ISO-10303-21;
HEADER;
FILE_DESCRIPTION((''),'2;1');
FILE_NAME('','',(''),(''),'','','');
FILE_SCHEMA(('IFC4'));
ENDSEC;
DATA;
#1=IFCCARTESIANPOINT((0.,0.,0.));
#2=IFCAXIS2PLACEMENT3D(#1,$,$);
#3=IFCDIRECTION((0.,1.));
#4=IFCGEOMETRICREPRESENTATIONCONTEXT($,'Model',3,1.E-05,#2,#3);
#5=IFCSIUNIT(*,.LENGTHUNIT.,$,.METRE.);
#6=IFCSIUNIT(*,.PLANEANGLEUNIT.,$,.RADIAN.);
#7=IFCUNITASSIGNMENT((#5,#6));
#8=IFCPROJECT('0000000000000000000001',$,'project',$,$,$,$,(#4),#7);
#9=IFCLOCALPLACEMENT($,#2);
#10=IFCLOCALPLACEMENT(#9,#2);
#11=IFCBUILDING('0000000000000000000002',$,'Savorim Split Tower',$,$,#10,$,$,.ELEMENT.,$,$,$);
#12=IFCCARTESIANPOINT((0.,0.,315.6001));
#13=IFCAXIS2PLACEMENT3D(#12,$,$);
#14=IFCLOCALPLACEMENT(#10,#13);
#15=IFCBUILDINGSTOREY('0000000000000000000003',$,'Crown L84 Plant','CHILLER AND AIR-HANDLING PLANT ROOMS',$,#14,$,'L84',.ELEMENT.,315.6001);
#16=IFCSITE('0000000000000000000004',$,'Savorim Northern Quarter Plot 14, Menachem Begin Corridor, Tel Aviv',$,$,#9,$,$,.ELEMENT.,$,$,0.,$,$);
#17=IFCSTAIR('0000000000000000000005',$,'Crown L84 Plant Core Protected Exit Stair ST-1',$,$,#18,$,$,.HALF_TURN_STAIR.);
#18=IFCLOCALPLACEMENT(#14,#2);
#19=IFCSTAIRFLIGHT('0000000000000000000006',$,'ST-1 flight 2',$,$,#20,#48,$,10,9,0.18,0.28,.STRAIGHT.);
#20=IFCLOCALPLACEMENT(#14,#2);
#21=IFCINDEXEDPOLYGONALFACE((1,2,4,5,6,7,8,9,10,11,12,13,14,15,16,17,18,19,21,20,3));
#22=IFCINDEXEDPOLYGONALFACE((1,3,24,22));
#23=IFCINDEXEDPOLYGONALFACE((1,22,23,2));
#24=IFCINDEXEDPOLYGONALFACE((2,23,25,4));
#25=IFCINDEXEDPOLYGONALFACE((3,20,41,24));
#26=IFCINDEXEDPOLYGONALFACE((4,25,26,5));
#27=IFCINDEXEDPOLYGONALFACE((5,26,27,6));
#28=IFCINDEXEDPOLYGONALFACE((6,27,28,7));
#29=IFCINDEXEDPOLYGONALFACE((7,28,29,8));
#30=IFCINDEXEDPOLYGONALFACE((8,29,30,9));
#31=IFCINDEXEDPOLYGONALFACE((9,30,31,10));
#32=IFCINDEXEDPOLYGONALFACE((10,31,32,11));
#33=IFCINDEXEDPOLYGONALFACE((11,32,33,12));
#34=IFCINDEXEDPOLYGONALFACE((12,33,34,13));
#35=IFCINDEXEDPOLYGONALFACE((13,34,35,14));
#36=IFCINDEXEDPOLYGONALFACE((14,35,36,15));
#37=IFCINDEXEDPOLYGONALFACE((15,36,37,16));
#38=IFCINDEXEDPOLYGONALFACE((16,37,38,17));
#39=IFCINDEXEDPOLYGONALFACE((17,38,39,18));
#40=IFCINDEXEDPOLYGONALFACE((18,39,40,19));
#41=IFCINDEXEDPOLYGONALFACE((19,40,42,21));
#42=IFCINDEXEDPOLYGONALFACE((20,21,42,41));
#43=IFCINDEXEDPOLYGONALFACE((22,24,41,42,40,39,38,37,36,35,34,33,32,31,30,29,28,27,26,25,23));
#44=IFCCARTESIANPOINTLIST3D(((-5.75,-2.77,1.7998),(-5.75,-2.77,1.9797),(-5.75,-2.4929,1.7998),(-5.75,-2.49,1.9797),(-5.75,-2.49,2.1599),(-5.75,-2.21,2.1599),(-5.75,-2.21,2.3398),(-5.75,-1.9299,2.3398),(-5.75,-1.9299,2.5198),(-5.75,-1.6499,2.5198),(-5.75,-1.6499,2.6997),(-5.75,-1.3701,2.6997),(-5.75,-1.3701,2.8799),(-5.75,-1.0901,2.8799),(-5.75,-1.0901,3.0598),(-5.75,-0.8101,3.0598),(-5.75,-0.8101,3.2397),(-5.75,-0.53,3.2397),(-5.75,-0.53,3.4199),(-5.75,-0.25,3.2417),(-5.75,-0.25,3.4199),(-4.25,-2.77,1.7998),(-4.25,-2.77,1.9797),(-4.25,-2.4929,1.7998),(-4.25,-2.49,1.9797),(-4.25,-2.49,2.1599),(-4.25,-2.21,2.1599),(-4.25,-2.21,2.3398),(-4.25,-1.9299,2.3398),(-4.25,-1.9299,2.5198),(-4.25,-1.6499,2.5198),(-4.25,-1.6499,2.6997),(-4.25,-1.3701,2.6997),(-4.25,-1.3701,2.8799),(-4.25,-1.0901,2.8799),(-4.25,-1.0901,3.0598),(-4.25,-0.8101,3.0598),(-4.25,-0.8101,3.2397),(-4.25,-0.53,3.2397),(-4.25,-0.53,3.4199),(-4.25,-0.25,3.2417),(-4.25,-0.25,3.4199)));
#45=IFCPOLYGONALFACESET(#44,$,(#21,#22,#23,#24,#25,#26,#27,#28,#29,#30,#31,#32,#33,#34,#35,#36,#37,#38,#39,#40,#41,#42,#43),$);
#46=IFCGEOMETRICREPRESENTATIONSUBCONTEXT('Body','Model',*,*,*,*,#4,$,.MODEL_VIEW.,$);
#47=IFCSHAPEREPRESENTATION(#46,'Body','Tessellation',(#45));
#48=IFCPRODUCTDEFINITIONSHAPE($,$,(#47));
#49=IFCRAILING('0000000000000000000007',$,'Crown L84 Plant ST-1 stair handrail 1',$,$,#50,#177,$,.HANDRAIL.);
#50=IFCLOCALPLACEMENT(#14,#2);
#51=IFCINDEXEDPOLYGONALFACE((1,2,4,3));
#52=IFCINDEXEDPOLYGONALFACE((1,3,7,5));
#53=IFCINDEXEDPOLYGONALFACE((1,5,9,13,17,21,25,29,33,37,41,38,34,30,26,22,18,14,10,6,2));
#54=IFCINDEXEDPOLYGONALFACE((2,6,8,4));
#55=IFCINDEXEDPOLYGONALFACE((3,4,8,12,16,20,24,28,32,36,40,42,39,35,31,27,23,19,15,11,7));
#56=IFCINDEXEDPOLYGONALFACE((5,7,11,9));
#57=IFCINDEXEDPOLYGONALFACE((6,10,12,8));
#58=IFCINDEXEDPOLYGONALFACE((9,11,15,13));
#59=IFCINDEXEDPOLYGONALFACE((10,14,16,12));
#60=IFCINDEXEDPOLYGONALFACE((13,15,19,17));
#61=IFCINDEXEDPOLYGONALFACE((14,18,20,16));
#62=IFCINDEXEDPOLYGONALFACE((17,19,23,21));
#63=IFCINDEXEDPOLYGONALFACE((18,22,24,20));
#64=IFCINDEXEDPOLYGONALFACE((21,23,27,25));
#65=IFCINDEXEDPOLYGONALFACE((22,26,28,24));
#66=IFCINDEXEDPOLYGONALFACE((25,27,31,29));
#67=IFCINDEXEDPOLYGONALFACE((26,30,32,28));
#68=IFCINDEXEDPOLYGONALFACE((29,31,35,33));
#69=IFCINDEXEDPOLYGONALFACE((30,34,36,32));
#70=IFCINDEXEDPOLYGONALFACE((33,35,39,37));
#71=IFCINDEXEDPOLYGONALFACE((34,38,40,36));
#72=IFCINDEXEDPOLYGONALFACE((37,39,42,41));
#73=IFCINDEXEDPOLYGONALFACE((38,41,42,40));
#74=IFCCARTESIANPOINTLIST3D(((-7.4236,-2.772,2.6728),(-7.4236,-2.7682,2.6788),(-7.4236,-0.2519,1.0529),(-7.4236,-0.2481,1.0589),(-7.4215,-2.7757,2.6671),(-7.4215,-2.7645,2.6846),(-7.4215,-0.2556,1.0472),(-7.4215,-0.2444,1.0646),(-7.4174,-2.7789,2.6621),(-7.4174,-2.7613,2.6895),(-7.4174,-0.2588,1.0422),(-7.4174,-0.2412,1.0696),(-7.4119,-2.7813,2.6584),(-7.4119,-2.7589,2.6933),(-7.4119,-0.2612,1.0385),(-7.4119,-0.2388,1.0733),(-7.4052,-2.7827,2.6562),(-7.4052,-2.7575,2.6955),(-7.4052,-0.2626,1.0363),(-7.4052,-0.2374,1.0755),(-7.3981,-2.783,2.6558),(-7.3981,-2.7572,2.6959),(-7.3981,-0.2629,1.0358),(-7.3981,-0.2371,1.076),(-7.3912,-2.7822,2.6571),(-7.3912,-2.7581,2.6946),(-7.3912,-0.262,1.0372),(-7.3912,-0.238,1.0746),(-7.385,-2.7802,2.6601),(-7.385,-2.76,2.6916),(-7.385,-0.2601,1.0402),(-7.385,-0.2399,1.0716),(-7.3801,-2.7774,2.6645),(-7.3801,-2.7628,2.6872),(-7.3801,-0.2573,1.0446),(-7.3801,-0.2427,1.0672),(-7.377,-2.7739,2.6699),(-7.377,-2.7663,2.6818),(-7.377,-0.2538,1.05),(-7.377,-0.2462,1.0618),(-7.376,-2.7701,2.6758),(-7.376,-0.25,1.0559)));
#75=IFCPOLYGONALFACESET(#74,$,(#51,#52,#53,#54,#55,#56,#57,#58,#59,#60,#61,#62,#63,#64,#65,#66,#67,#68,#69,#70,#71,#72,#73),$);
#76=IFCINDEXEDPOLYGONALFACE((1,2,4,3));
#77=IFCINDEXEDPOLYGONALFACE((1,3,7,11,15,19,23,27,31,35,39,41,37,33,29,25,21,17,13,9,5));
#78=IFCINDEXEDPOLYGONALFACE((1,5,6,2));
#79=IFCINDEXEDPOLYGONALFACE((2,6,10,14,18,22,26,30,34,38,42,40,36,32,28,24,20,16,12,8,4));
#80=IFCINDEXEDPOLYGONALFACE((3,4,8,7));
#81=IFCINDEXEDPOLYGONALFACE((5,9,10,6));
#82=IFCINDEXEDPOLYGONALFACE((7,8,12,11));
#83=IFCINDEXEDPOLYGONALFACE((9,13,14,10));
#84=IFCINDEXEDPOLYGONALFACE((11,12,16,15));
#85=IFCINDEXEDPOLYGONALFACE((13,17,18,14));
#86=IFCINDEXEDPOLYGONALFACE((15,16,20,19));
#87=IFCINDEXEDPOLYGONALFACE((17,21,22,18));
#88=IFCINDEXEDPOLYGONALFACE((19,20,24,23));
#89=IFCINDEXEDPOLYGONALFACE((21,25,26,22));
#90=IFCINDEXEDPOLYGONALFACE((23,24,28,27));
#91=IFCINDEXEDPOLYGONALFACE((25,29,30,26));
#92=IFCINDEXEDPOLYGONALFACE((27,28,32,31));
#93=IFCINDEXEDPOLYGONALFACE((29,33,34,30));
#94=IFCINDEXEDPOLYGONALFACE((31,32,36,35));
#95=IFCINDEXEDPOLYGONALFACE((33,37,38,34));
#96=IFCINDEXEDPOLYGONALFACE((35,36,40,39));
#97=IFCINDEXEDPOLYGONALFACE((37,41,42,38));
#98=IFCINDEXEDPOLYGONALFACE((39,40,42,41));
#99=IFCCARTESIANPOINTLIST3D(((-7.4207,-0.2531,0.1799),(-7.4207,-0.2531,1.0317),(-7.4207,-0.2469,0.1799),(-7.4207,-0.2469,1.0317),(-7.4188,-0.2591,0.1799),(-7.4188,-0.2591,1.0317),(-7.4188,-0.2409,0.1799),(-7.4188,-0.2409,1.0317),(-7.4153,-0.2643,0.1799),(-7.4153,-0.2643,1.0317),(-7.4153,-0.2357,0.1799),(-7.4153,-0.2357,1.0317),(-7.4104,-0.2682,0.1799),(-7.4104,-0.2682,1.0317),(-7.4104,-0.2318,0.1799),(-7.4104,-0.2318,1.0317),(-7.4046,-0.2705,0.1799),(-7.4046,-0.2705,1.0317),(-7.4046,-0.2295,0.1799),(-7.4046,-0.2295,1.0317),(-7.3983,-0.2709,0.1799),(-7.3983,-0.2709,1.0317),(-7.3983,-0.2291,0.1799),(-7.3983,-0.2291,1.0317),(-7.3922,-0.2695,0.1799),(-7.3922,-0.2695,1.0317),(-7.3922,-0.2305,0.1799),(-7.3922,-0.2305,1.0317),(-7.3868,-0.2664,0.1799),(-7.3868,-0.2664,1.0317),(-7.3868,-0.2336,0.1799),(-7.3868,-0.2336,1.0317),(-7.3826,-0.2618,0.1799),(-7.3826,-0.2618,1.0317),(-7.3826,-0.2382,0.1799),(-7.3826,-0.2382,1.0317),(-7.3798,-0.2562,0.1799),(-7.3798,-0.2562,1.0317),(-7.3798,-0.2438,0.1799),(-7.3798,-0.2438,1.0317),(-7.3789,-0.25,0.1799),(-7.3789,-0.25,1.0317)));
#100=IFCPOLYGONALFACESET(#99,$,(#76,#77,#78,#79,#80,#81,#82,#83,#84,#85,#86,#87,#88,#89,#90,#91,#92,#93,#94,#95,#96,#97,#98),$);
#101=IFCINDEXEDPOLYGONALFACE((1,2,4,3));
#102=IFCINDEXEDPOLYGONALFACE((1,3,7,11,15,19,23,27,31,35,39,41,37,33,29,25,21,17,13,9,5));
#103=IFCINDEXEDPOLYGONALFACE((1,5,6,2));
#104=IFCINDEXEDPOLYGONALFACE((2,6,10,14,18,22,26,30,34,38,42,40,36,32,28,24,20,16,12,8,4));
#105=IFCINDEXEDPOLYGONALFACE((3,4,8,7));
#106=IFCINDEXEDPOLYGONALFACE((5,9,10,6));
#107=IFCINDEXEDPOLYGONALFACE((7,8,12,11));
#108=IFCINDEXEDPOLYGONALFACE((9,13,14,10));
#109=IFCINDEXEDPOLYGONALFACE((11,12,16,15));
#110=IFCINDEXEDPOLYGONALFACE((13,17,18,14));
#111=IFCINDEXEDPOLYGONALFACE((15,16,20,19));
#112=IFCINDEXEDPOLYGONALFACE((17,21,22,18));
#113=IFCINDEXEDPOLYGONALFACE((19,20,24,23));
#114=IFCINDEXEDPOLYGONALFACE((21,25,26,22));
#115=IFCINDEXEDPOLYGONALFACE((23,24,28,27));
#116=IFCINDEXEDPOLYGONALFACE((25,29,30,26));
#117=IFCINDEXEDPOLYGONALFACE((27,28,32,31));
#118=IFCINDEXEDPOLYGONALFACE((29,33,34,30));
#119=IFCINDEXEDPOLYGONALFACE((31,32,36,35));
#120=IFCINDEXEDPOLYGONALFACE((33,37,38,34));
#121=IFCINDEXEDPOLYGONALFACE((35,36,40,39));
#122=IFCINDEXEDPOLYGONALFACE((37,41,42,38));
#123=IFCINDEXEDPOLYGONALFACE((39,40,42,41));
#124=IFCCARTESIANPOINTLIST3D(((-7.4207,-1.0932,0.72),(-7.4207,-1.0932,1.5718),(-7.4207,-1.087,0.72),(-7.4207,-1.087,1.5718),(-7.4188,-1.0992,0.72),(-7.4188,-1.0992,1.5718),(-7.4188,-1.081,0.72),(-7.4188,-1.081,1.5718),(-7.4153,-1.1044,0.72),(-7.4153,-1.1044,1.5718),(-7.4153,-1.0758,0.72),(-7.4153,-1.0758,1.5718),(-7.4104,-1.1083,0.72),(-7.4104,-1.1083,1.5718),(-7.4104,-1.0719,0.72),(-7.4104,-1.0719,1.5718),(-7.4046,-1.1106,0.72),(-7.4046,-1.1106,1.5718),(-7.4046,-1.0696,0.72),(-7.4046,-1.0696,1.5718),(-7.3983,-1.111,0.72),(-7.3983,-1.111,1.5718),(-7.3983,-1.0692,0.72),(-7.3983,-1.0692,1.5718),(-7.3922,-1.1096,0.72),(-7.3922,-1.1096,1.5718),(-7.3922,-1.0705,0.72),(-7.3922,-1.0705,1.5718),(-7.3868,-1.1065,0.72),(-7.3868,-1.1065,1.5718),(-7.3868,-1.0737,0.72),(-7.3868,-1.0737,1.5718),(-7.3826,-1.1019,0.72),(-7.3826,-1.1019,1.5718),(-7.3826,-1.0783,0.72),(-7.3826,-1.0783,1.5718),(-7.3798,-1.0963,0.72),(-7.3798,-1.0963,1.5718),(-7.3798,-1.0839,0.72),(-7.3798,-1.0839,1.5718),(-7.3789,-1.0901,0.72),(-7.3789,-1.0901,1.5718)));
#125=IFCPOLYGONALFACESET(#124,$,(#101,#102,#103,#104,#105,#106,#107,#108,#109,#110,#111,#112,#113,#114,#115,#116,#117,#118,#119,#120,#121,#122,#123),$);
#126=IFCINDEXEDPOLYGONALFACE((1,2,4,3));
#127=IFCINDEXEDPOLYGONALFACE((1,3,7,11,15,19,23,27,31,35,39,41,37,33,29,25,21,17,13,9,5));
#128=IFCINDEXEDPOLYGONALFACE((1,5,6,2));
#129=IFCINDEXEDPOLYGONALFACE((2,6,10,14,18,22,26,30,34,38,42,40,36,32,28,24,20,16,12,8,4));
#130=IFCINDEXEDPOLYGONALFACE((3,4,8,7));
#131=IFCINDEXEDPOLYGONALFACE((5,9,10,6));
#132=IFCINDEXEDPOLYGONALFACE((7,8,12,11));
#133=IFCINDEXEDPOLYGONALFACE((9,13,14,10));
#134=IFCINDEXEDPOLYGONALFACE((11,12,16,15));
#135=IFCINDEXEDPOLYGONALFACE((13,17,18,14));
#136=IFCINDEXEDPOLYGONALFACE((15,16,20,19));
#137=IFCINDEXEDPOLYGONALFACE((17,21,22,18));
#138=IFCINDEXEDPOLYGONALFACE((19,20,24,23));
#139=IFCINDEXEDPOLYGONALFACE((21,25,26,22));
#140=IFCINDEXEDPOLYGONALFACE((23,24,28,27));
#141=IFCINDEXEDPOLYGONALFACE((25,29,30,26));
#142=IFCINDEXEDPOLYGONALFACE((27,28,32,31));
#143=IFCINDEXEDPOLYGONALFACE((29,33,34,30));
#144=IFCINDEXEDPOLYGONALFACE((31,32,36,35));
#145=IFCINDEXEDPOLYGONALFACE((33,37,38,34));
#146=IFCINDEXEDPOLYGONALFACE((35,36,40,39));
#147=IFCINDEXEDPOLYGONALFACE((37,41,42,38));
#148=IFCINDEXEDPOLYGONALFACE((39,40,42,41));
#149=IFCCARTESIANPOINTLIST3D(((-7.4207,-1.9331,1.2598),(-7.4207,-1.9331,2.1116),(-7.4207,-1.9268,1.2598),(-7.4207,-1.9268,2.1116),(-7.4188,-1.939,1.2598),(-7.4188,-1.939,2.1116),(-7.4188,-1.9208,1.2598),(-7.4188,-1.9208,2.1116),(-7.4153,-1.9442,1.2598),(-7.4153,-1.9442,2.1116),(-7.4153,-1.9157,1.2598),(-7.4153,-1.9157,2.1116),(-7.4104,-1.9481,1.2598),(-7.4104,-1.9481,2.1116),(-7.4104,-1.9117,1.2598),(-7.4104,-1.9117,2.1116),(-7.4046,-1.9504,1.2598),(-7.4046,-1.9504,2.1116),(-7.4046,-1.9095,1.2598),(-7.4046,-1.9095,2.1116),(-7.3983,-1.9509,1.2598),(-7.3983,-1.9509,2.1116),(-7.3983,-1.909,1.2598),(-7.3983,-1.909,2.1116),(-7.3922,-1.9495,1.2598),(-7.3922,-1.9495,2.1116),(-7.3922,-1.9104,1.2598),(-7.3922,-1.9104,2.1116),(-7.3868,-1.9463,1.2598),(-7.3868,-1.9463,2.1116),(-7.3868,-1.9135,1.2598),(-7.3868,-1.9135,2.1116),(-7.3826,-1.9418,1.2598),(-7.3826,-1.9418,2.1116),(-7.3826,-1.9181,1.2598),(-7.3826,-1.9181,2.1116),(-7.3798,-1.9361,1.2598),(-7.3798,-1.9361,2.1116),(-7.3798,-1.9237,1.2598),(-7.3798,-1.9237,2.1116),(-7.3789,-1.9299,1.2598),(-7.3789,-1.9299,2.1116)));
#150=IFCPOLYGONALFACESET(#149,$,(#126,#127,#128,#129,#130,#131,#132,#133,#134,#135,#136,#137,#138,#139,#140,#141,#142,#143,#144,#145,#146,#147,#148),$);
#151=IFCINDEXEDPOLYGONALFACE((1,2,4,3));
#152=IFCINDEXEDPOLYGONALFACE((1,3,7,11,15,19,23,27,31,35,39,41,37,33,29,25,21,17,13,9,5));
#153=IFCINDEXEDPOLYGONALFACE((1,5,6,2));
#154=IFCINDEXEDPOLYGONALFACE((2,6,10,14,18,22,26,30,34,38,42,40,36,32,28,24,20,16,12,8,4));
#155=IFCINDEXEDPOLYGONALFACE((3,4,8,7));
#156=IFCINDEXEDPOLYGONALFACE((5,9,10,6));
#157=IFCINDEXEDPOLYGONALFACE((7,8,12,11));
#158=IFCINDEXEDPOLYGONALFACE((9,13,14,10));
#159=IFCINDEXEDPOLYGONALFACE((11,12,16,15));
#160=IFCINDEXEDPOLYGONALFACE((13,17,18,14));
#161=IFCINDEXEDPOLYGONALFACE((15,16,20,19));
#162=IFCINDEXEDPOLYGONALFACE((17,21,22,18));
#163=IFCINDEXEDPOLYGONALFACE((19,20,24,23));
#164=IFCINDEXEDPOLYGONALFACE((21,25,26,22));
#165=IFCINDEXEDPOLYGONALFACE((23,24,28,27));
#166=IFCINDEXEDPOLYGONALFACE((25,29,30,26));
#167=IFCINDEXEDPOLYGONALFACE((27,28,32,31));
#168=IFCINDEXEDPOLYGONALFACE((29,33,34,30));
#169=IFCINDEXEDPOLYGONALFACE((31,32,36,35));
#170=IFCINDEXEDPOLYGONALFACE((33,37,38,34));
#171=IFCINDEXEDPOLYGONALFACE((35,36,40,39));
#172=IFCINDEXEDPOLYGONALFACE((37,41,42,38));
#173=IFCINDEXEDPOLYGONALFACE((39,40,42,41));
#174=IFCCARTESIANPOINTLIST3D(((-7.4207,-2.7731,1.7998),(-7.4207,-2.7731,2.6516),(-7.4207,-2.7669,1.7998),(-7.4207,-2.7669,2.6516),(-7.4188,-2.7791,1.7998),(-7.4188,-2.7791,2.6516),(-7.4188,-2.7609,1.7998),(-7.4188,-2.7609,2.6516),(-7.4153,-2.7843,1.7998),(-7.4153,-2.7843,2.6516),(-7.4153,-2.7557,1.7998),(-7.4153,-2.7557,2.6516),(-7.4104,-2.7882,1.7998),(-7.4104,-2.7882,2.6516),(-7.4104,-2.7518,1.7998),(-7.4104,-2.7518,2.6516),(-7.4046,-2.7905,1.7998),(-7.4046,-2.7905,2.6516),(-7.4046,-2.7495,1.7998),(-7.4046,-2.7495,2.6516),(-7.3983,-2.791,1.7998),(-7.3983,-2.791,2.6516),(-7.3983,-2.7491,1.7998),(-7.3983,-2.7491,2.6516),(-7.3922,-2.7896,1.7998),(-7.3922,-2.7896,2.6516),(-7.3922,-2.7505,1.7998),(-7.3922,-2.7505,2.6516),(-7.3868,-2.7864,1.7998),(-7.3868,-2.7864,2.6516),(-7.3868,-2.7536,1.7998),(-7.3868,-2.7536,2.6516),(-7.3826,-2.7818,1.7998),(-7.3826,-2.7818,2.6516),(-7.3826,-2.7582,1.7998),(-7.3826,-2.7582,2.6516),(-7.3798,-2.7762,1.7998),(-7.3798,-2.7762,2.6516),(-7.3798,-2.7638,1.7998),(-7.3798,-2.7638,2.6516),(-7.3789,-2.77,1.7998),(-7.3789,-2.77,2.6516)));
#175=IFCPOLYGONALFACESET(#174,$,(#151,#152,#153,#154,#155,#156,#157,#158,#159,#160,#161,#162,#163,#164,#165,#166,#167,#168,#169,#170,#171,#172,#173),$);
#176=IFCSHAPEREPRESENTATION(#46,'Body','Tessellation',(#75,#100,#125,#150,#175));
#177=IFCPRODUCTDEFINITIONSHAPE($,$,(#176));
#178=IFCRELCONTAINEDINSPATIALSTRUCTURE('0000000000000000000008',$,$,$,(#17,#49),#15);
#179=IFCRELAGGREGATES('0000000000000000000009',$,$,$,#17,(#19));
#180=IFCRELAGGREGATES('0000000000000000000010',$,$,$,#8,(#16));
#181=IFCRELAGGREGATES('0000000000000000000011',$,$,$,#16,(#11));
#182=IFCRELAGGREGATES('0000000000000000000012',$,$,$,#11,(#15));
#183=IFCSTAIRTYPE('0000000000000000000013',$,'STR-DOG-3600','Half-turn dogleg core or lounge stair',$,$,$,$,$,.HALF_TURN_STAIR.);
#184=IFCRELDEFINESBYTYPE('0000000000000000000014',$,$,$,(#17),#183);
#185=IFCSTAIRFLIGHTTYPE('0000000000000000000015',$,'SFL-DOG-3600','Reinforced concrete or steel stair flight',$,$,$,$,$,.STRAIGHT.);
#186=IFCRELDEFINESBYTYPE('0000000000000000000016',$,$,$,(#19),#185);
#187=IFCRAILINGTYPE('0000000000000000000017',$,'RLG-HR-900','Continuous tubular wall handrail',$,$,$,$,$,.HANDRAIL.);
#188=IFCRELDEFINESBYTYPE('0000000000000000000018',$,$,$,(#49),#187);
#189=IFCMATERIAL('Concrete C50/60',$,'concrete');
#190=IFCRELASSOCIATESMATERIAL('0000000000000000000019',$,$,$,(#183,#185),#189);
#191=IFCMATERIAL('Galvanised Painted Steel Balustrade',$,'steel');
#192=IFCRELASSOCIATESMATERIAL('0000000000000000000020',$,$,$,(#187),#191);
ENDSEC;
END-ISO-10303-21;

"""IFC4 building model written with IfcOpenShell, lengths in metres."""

from ifc_helpers import new_model, si_unit, direction, frame, origin, origin_2d, place, context, subcontext, project, spatial, polyline, circle, outline, extrude, material, type_object, element, aggregate, save


model = new_model("IFC4")

# Units and contexts
model_context = context("Model", 3, precision=1e-05, world=origin(), true_north=direction((0.0, 1.0)))
body_context = subcontext(model_context, "Body", "Model", "MODEL_VIEW")
ifc_project = project(units=[si_unit("LENGTHUNIT", "METRE"), si_unit("PLANEANGLEUNIT", "RADIAN")], contexts=[model_context])

# Site, building, storey
site_placement = place(None, origin())
site = spatial("IfcSite", under=ifc_project, at=site_placement, Name="Savorim Northern Quarter Plot 14, Menachem Begin Corridor, Tel Aviv", CompositionType="ELEMENT", RefElevation=0.0)
building_placement = place(site_placement, origin())
building = spatial("IfcBuilding", under=site, at=building_placement, Name="Savorim Split Tower", CompositionType="ELEMENT")
storey_placement = place(building_placement, frame((0.0, 0.0, 315.6001)))
storey = spatial("IfcBuildingStorey", under=building, at=storey_placement, Name="Crown L84 Plant", Description="CHILLER AND AIR-HANDLING PLANT ROOMS", LongName="L84", CompositionType="ELEMENT", Elevation=315.6001)

# Shared definitions
ifc_material_1 = material(Name="Concrete C50/60", Category="concrete")

# Stair, stair flight
stair_type = type_object("IfcStairType", Name="STR-DOG-3600", Description="Half-turn dogleg core or lounge stair", PredefinedType="HALF_TURN_STAIR", material=ifc_material_1)
stair_placement = place(storey_placement, origin())
stair = element("IfcStair", 1, at=stair_placement, inside=storey, type_object=stair_type, Name="Crown L84 Plant Core Protected Exit Stair ST-1", PredefinedType="HALF_TURN_STAIR")
stair_flight_type = type_object("IfcStairFlightType", Name="SFL-DOG-3600", Description="Reinforced concrete or steel stair flight", PredefinedType="STRAIGHT", material=ifc_material_1)
stair_flight_1_placement = place(storey_placement, frame((-5.0, -2.77, 1.7998), z_axis=(0.0, 0.0, 1.0), x_axis=(0.0, 1.0, 0.0)))
stair_flight_1 = element("IfcStairFlight", 2, at=stair_flight_1_placement, type_object=stair_flight_type, Name="ST-1 flight 2", NumberOfRisers=10, NumberOfTreads=9, PredefinedType="STRAIGHT", RiserHeight=0.18, TreadLength=0.28, context=body_context, shape_type="SweptSolid", body=[
    extrude(outline(polyline([(0.0, 0.0), (0.0, 0.1799), (0.28, 0.1799), (0.28, 0.3601), (0.5601, 0.3601), (0.5601, 0.54), (0.8401, 0.54), (0.8401, 0.72), (1.1201, 0.72), (1.1201, 0.8999), (1.3999, 0.8999), (1.3999, 1.0801), (1.6799, 1.0801), (1.6799, 1.26), (1.96, 1.26), (1.96, 1.4399), (2.24, 1.4399), (2.24, 1.6201), (2.52, 1.6201), (2.52, 1.8), (2.52, 1.4419), (0.2771, 0.0), (0.0, 0.0)])), frame((0.0, 0.75, 0.0), z_axis=(0.0, -1.0, 0.0), x_axis=(1.0, 0.0, 0.0)), (0.0, 0.0, 1.0), 1.5),
])
aggregate(stair, [stair_flight_1])

# Railing
ifc_material_2 = material(Name="Galvanised Painted Steel Balustrade", Category="steel")
railing_type_1 = type_object("IfcRailingType", Name="RLG-HR-900", Description="Continuous tubular wall handrail", PredefinedType="HANDRAIL", material=ifc_material_2)
railing_1_placement = place(storey_placement, frame((-7.3999, -0.25, 0.1799)))
element("IfcRailing", 3, at=railing_1_placement, inside=storey, type_object=railing_type_1, Name="Crown L84 Plant ST-1 stair handrail 1", PredefinedType="HANDRAIL", context=body_context, shape_type="SweptSolid", body=[
    extrude(circle(Radius=0.0239, at=origin_2d()), frame((0.0, 0.0, 0.876), z_axis=(0.0, -0.8412, 0.540725), x_axis=(1.0, 0.0, 0.0)), (0.0, 0.0, 1.0), 2.9958),
    extrude(circle(Radius=0.021, at=origin_2d()), origin(), (0.0, 0.0, 1.0), 0.8518),
    extrude(circle(Radius=0.021, at=origin_2d()), frame((0.0, -0.8401, 0.54)), (0.0, 0.0, 1.0), 0.8518),
    extrude(circle(Radius=0.021, at=origin_2d()), frame((0.0, -1.6799, 1.0798)), (0.0, 0.0, 1.0), 0.8518),
    extrude(circle(Radius=0.021, at=origin_2d()), frame((0.0, -2.52, 1.6199)), (0.0, 0.0, 1.0), 0.8518),
])

save(model, "model.ifc")
